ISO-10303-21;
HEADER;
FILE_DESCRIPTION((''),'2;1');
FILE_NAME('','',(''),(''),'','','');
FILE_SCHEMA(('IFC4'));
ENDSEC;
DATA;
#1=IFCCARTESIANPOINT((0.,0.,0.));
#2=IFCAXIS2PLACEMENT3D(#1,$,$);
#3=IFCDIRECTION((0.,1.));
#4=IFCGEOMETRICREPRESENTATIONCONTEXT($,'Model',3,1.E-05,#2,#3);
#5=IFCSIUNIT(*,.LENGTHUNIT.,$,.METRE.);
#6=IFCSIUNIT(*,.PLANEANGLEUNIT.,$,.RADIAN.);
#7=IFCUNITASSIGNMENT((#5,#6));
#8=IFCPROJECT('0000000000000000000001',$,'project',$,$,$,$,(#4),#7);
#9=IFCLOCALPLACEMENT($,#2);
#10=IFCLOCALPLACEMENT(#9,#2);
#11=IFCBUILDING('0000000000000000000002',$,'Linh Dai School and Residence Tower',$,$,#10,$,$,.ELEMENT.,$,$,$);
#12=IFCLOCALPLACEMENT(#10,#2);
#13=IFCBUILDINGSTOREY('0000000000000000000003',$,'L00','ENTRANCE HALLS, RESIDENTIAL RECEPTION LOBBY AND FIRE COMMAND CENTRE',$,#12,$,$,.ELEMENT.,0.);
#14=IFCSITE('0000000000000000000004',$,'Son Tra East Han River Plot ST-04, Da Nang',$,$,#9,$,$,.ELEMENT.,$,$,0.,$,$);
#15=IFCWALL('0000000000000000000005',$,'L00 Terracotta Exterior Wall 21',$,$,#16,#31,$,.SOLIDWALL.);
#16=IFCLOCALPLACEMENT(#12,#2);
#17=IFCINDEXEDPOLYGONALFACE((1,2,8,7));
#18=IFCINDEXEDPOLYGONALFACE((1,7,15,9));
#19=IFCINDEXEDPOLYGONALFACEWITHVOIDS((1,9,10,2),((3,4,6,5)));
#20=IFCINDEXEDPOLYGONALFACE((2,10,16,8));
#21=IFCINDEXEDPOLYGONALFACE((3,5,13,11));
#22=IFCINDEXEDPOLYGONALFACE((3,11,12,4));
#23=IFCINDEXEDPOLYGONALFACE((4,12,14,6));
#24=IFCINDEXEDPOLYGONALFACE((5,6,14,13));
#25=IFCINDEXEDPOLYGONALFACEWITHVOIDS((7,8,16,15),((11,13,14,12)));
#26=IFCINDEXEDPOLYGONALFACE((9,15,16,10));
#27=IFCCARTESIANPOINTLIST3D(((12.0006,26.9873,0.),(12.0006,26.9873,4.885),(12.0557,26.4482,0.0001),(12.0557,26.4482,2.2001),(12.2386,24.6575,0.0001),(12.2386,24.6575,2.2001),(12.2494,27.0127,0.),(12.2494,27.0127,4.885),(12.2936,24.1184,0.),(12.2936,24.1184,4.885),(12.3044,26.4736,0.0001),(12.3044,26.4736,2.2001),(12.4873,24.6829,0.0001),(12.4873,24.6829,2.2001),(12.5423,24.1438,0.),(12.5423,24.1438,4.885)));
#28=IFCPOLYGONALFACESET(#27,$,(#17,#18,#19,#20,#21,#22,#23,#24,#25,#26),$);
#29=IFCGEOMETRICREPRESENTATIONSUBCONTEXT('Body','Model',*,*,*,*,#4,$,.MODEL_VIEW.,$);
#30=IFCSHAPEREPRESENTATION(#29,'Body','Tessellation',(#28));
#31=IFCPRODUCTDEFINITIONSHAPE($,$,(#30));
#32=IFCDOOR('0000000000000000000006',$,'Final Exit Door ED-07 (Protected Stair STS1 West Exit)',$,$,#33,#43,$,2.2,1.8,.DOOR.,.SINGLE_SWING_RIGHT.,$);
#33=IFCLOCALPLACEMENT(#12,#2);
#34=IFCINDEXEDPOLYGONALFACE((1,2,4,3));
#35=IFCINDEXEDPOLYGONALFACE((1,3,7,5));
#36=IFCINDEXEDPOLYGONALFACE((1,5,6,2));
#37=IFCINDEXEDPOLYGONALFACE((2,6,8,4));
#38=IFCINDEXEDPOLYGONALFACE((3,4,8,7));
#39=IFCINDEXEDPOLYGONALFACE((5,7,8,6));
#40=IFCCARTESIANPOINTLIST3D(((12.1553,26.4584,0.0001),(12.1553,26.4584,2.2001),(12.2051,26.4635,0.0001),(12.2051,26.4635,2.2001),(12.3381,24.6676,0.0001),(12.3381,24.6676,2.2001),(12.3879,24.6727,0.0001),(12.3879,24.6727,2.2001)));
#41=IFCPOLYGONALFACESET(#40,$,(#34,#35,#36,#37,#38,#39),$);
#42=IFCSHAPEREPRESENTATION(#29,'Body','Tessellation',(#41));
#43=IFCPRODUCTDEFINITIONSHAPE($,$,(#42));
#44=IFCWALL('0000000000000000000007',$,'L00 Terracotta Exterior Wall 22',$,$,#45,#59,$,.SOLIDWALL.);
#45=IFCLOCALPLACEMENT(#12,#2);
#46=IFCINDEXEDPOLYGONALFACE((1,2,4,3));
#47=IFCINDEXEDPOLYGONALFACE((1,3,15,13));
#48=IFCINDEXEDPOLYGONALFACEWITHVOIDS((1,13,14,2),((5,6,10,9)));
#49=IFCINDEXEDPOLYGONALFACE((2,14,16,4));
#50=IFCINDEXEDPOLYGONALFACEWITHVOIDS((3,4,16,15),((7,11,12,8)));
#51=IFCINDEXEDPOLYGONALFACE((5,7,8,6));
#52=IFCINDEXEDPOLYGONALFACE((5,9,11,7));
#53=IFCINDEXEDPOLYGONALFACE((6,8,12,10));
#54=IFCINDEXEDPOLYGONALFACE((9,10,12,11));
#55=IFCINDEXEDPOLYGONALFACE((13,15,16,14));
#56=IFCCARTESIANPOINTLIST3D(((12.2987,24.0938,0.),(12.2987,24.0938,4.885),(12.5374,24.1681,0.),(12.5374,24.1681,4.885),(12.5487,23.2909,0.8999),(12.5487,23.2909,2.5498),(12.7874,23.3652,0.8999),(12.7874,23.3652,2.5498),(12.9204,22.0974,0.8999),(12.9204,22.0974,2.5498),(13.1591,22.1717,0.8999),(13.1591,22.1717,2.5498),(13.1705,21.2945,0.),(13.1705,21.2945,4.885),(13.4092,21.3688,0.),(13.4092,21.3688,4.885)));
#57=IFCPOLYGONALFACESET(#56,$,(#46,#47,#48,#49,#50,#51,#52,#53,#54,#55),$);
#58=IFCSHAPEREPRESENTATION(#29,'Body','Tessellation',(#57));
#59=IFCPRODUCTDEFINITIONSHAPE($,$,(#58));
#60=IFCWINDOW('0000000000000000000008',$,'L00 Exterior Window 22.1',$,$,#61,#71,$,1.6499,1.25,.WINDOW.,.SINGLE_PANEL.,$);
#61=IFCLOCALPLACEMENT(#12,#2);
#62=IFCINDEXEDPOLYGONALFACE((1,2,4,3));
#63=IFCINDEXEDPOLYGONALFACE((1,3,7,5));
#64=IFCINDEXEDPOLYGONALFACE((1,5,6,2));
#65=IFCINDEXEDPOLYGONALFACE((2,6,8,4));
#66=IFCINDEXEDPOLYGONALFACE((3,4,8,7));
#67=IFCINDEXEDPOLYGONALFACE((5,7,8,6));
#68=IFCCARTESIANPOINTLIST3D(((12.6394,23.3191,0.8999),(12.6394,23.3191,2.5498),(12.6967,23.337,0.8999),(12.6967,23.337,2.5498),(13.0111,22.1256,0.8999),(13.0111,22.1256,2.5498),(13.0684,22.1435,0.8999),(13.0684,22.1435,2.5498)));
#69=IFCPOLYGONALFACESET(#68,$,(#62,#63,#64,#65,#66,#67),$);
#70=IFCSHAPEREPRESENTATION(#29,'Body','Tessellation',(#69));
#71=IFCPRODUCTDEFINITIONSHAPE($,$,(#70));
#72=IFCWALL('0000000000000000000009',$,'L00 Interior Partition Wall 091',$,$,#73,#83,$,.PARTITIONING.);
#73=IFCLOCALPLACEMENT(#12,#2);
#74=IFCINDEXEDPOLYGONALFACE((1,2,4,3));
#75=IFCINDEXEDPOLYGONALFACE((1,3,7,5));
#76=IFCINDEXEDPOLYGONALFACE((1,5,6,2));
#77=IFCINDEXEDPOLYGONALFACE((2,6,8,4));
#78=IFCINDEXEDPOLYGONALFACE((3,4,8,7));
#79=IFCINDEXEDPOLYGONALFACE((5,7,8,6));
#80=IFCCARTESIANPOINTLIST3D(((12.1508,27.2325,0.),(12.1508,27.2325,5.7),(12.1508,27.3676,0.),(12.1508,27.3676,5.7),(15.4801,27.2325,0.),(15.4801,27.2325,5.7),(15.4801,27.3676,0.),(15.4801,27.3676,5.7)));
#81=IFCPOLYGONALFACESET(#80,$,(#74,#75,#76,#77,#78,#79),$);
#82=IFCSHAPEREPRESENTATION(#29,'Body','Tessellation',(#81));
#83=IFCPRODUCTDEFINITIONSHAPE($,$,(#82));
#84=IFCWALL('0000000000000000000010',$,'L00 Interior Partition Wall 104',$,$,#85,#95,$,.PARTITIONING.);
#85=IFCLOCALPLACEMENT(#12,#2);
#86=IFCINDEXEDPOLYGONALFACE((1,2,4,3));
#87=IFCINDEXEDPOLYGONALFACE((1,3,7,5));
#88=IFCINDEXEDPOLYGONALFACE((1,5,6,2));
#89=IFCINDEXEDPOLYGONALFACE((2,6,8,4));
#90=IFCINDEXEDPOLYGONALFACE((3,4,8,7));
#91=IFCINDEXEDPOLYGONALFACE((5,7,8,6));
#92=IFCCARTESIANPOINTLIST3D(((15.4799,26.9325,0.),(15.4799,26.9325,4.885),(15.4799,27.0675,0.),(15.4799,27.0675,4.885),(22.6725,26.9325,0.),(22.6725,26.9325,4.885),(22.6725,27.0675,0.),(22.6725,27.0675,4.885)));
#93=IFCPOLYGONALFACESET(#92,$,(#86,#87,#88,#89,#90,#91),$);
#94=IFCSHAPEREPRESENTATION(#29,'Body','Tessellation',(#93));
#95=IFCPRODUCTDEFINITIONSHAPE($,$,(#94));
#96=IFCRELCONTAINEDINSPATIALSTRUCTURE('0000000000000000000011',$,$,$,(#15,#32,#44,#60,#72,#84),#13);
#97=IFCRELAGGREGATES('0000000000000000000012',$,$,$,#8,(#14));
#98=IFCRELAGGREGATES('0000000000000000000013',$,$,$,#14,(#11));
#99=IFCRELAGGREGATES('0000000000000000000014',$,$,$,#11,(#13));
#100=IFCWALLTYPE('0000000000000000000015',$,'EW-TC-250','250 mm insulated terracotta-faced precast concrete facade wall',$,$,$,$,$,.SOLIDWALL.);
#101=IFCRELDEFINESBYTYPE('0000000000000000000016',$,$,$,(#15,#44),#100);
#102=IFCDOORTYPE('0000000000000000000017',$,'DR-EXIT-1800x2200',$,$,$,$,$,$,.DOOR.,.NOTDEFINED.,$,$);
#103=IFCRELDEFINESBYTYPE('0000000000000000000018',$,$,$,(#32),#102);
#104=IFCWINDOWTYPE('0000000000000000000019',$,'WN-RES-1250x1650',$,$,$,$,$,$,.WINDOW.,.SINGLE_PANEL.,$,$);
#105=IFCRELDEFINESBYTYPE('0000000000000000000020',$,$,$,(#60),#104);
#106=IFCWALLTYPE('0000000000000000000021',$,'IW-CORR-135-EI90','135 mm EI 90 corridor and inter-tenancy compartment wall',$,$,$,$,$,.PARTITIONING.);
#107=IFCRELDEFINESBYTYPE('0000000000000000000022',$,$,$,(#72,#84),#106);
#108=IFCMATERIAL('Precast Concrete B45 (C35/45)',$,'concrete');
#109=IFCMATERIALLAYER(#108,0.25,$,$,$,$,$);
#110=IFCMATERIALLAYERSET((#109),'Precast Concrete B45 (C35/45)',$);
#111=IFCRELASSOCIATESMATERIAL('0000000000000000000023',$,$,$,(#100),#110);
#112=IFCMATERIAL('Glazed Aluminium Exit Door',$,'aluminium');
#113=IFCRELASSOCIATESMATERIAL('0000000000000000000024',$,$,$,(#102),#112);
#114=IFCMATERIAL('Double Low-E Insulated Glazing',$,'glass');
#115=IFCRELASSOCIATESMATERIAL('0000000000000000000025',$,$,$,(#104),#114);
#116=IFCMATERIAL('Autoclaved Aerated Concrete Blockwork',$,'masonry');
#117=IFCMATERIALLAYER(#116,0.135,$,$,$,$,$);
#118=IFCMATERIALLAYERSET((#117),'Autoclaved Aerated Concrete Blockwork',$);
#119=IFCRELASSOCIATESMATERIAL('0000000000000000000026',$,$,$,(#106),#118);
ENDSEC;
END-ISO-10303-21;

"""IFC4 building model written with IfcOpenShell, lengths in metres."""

from ifc_helpers import new_model, si_unit, direction, frame, frame_2d, origin, origin_2d, place, context, subcontext, project, spatial, rectangle, extrude, source, transform, mapped, material, layer, layer_set, type_object, element, fill, save


model = new_model("IFC4")

# Units and contexts
model_context = context("Model", 3, precision=1e-05, world=origin(), true_north=direction((0.0, 1.0)))
body_context = subcontext(model_context, "Body", "Model", "MODEL_VIEW")
ifc_project = project(units=[si_unit("LENGTHUNIT", "METRE"), si_unit("PLANEANGLEUNIT", "RADIAN")], contexts=[model_context])

# Site, building, storey
site_placement = place(None, origin())
site = spatial("IfcSite", under=ifc_project, at=site_placement, Name="Son Tra East Han River Plot ST-04, Da Nang", CompositionType="ELEMENT", RefElevation=0.0)
building_placement = place(site_placement, origin())
building = spatial("IfcBuilding", under=site, at=building_placement, Name="Linh Dai School and Residence Tower", CompositionType="ELEMENT")
storey_placement = place(building_placement, origin())
storey = spatial("IfcBuildingStorey", under=building, at=storey_placement, Name="L00", Description="ENTRANCE HALLS, RESIDENTIAL RECEPTION LOBBY AND FIRE COMMAND CENTRE", CompositionType="ELEMENT", Elevation=0.0)

# Shared definitions
ifc_material_1 = material(Name="Double Low-E Insulated Glazing", Category="glass")

# Shared definitions
ifc_material_2 = material(Name="Precast Concrete B45 (C35/45)", Category="concrete")
ifc_layer_1 = layer(ifc_material_2, 0.25)
ifc_layer_set_1 = layer_set([ifc_layer_1], Name="Precast Concrete B45 (C35/45)")
wall_type_1 = type_object("IfcWallType", Name="EW-TC-250", Description="250 mm insulated terracotta-faced precast concrete facade wall", PredefinedType="SOLIDWALL", material=ifc_layer_set_1)

# Wall, opening, door
wall_1_placement = place(storey_placement, frame((12.418, 24.1311, 0.0), z_axis=(0.0, 0.0, 1.0), x_axis=(-0.101591, 0.994826, 0.0)))
wall_1 = element("IfcWall", 1, at=wall_1_placement, inside=storey, type_object=wall_type_1, Name="L00 Terracotta Exterior Wall 21", PredefinedType="SOLIDWALL", context=body_context, shape_type="SweptSolid", body=[
    extrude(rectangle(XDim=2.8838, YDim=0.25, at=frame_2d((1.4419, 0.0))), origin(), (0.0, 0.0, 1.0), 4.885),
])
opening_1_placement = place(wall_1_placement, frame((0.542, 0.0, 0.0)))
opening_1 = element("IfcOpeningElement", 2, at=opening_1_placement, cuts=wall_1, PredefinedType="OPENING", context=body_context, shape_type="SweptSolid", body=[
    extrude(rectangle(XDim=1.8, YDim=2.2, at=origin_2d()), frame((0.8999, 0.135, 1.1001), z_axis=(0.0, -1.0, 0.0), x_axis=(1.0, 0.0, 0.0)), (0.0, 0.0, 1.0), 0.27),
])
ifc_material_3 = material(Name="Glazed Aluminium Exit Door", Category="aluminium")
door_type = type_object("IfcDoorType", Name="DR-EXIT-1800x2200", OperationType="NOTDEFINED", PredefinedType="DOOR", material=ifc_material_3)
shared_shape_1 = source(origin(), body_context, "Body", "SweptSolid", [
    extrude(rectangle(XDim=1.8, YDim=2.2, at=origin_2d()), frame((0.8999, 0.0249, 1.1001), z_axis=(0.0, -1.0, 0.0), x_axis=(1.0, 0.0, 0.0)), (0.0, 0.0, 1.0), 0.05),
])
door_placement = place(opening_1_placement, origin())
door = element("IfcDoor", 3, at=door_placement, inside=storey, type_object=door_type, Name="Final Exit Door ED-07 (Protected Stair STS1 West Exit)", OperationType="SINGLE_SWING_RIGHT", OverallHeight=2.2, OverallWidth=1.8, PredefinedType="DOOR", context=body_context, shape_type="MappedRepresentation", body=[
    mapped(shared_shape_1, transform((0.0, 0.0, 0.0), x_axis=(1.0, 0.0, 0.0), y_axis=(0.0, 1.0, 0.0), z_axis=(0.0, 0.0, 1.0), scale=1.0)),
])
fill(opening_1, door)

# Wall, opening, window
wall_2_placement = place(storey_placement, frame((13.2898, 21.3318, 0.0), z_axis=(0.0, 0.0, 1.0), x_axis=(-0.297355, 0.954767, 0.0)))
wall_2 = element("IfcWall", 4, at=wall_2_placement, inside=storey, type_object=wall_type_1, Name="L00 Terracotta Exterior Wall 22", PredefinedType="SOLIDWALL", context=body_context, shape_type="SweptSolid", body=[
    extrude(rectangle(XDim=2.9319, YDim=0.25, at=frame_2d((1.4658, 0.0))), origin(), (0.0, 0.0, 1.0), 4.885),
])
opening_2_placement = place(wall_2_placement, frame((0.8408, 0.0, 0.8999)))
opening_2 = element("IfcOpeningElement", 5, at=opening_2_placement, cuts=wall_2, PredefinedType="OPENING", context=body_context, shape_type="SweptSolid", body=[
    extrude(rectangle(XDim=1.25, YDim=1.6499, at=origin_2d()), frame((0.625, 0.135, 0.825), z_axis=(0.0, -1.0, 0.0), x_axis=(1.0, 0.0, 0.0)), (0.0, 0.0, 1.0), 0.27),
])
window_type = type_object("IfcWindowType", Name="WN-RES-1250x1650", PartitioningType="SINGLE_PANEL", PredefinedType="WINDOW", material=ifc_material_1)
shared_shape_2 = source(origin(), body_context, "Body", "SweptSolid", [
    extrude(rectangle(XDim=1.25, YDim=1.6499, at=origin_2d()), frame((0.625, 0.03, 0.825), z_axis=(0.0, -1.0, 0.0), x_axis=(1.0, 0.0, 0.0)), (0.0, 0.0, 1.0), 0.0601),
])
window_placement = place(opening_2_placement, origin())
window = element("IfcWindow", 6, at=window_placement, inside=storey, type_object=window_type, Name="L00 Exterior Window 22.1", OverallHeight=1.6499, OverallWidth=1.25, PartitioningType="SINGLE_PANEL", PredefinedType="WINDOW", context=body_context, shape_type="MappedRepresentation", body=[
    mapped(shared_shape_2, transform((0.0, 0.0, 0.0), x_axis=(1.0, 0.0, 0.0), y_axis=(0.0, 1.0, 0.0), z_axis=(0.0, 0.0, 1.0), scale=1.0)),
])
fill(opening_2, window)

# Walls
ifc_material_4 = material(Name="Autoclaved Aerated Concrete Blockwork", Category="masonry")
ifc_layer_2 = layer(ifc_material_4, 0.135)
ifc_layer_set_2 = layer_set([ifc_layer_2], Name="Autoclaved Aerated Concrete Blockwork")
wall_type_2 = type_object("IfcWallType", Name="IW-CORR-135-EI90", Description="135 mm EI 90 corridor and inter-tenancy compartment wall", PredefinedType="PARTITIONING", material=ifc_layer_set_2)
wall_3_placement = place(storey_placement, frame((15.48, 27.3, 0.0), z_axis=(0.0, 0.0, 1.0), x_axis=(-1.0, 0.0, 0.0)))
element("IfcWall", 7, at=wall_3_placement, inside=storey, type_object=wall_type_2, Name="L00 Interior Partition Wall 091", PredefinedType="PARTITIONING", context=body_context, shape_type="SweptSolid", body=[
    extrude(rectangle(XDim=3.3293, YDim=0.135, at=frame_2d((1.6646, 0.0))), origin(), (0.0, 0.0, 1.0), 5.7),
])
wall_4_placement = place(storey_placement, frame((15.48, 27.0, 0.0), z_axis=(0.0, 0.0, 1.0), x_axis=(1.0, 0.0, 0.0)))
element("IfcWall", 8, at=wall_4_placement, inside=storey, type_object=wall_type_2, Name="L00 Interior Partition Wall 104", PredefinedType="PARTITIONING", context=body_context, shape_type="SweptSolid", body=[
    extrude(rectangle(XDim=7.1926, YDim=0.135, at=frame_2d((3.5962, 0.0))), origin(), (0.0, 0.0, 1.0), 4.885),
])

save(model, "model.ifc")
